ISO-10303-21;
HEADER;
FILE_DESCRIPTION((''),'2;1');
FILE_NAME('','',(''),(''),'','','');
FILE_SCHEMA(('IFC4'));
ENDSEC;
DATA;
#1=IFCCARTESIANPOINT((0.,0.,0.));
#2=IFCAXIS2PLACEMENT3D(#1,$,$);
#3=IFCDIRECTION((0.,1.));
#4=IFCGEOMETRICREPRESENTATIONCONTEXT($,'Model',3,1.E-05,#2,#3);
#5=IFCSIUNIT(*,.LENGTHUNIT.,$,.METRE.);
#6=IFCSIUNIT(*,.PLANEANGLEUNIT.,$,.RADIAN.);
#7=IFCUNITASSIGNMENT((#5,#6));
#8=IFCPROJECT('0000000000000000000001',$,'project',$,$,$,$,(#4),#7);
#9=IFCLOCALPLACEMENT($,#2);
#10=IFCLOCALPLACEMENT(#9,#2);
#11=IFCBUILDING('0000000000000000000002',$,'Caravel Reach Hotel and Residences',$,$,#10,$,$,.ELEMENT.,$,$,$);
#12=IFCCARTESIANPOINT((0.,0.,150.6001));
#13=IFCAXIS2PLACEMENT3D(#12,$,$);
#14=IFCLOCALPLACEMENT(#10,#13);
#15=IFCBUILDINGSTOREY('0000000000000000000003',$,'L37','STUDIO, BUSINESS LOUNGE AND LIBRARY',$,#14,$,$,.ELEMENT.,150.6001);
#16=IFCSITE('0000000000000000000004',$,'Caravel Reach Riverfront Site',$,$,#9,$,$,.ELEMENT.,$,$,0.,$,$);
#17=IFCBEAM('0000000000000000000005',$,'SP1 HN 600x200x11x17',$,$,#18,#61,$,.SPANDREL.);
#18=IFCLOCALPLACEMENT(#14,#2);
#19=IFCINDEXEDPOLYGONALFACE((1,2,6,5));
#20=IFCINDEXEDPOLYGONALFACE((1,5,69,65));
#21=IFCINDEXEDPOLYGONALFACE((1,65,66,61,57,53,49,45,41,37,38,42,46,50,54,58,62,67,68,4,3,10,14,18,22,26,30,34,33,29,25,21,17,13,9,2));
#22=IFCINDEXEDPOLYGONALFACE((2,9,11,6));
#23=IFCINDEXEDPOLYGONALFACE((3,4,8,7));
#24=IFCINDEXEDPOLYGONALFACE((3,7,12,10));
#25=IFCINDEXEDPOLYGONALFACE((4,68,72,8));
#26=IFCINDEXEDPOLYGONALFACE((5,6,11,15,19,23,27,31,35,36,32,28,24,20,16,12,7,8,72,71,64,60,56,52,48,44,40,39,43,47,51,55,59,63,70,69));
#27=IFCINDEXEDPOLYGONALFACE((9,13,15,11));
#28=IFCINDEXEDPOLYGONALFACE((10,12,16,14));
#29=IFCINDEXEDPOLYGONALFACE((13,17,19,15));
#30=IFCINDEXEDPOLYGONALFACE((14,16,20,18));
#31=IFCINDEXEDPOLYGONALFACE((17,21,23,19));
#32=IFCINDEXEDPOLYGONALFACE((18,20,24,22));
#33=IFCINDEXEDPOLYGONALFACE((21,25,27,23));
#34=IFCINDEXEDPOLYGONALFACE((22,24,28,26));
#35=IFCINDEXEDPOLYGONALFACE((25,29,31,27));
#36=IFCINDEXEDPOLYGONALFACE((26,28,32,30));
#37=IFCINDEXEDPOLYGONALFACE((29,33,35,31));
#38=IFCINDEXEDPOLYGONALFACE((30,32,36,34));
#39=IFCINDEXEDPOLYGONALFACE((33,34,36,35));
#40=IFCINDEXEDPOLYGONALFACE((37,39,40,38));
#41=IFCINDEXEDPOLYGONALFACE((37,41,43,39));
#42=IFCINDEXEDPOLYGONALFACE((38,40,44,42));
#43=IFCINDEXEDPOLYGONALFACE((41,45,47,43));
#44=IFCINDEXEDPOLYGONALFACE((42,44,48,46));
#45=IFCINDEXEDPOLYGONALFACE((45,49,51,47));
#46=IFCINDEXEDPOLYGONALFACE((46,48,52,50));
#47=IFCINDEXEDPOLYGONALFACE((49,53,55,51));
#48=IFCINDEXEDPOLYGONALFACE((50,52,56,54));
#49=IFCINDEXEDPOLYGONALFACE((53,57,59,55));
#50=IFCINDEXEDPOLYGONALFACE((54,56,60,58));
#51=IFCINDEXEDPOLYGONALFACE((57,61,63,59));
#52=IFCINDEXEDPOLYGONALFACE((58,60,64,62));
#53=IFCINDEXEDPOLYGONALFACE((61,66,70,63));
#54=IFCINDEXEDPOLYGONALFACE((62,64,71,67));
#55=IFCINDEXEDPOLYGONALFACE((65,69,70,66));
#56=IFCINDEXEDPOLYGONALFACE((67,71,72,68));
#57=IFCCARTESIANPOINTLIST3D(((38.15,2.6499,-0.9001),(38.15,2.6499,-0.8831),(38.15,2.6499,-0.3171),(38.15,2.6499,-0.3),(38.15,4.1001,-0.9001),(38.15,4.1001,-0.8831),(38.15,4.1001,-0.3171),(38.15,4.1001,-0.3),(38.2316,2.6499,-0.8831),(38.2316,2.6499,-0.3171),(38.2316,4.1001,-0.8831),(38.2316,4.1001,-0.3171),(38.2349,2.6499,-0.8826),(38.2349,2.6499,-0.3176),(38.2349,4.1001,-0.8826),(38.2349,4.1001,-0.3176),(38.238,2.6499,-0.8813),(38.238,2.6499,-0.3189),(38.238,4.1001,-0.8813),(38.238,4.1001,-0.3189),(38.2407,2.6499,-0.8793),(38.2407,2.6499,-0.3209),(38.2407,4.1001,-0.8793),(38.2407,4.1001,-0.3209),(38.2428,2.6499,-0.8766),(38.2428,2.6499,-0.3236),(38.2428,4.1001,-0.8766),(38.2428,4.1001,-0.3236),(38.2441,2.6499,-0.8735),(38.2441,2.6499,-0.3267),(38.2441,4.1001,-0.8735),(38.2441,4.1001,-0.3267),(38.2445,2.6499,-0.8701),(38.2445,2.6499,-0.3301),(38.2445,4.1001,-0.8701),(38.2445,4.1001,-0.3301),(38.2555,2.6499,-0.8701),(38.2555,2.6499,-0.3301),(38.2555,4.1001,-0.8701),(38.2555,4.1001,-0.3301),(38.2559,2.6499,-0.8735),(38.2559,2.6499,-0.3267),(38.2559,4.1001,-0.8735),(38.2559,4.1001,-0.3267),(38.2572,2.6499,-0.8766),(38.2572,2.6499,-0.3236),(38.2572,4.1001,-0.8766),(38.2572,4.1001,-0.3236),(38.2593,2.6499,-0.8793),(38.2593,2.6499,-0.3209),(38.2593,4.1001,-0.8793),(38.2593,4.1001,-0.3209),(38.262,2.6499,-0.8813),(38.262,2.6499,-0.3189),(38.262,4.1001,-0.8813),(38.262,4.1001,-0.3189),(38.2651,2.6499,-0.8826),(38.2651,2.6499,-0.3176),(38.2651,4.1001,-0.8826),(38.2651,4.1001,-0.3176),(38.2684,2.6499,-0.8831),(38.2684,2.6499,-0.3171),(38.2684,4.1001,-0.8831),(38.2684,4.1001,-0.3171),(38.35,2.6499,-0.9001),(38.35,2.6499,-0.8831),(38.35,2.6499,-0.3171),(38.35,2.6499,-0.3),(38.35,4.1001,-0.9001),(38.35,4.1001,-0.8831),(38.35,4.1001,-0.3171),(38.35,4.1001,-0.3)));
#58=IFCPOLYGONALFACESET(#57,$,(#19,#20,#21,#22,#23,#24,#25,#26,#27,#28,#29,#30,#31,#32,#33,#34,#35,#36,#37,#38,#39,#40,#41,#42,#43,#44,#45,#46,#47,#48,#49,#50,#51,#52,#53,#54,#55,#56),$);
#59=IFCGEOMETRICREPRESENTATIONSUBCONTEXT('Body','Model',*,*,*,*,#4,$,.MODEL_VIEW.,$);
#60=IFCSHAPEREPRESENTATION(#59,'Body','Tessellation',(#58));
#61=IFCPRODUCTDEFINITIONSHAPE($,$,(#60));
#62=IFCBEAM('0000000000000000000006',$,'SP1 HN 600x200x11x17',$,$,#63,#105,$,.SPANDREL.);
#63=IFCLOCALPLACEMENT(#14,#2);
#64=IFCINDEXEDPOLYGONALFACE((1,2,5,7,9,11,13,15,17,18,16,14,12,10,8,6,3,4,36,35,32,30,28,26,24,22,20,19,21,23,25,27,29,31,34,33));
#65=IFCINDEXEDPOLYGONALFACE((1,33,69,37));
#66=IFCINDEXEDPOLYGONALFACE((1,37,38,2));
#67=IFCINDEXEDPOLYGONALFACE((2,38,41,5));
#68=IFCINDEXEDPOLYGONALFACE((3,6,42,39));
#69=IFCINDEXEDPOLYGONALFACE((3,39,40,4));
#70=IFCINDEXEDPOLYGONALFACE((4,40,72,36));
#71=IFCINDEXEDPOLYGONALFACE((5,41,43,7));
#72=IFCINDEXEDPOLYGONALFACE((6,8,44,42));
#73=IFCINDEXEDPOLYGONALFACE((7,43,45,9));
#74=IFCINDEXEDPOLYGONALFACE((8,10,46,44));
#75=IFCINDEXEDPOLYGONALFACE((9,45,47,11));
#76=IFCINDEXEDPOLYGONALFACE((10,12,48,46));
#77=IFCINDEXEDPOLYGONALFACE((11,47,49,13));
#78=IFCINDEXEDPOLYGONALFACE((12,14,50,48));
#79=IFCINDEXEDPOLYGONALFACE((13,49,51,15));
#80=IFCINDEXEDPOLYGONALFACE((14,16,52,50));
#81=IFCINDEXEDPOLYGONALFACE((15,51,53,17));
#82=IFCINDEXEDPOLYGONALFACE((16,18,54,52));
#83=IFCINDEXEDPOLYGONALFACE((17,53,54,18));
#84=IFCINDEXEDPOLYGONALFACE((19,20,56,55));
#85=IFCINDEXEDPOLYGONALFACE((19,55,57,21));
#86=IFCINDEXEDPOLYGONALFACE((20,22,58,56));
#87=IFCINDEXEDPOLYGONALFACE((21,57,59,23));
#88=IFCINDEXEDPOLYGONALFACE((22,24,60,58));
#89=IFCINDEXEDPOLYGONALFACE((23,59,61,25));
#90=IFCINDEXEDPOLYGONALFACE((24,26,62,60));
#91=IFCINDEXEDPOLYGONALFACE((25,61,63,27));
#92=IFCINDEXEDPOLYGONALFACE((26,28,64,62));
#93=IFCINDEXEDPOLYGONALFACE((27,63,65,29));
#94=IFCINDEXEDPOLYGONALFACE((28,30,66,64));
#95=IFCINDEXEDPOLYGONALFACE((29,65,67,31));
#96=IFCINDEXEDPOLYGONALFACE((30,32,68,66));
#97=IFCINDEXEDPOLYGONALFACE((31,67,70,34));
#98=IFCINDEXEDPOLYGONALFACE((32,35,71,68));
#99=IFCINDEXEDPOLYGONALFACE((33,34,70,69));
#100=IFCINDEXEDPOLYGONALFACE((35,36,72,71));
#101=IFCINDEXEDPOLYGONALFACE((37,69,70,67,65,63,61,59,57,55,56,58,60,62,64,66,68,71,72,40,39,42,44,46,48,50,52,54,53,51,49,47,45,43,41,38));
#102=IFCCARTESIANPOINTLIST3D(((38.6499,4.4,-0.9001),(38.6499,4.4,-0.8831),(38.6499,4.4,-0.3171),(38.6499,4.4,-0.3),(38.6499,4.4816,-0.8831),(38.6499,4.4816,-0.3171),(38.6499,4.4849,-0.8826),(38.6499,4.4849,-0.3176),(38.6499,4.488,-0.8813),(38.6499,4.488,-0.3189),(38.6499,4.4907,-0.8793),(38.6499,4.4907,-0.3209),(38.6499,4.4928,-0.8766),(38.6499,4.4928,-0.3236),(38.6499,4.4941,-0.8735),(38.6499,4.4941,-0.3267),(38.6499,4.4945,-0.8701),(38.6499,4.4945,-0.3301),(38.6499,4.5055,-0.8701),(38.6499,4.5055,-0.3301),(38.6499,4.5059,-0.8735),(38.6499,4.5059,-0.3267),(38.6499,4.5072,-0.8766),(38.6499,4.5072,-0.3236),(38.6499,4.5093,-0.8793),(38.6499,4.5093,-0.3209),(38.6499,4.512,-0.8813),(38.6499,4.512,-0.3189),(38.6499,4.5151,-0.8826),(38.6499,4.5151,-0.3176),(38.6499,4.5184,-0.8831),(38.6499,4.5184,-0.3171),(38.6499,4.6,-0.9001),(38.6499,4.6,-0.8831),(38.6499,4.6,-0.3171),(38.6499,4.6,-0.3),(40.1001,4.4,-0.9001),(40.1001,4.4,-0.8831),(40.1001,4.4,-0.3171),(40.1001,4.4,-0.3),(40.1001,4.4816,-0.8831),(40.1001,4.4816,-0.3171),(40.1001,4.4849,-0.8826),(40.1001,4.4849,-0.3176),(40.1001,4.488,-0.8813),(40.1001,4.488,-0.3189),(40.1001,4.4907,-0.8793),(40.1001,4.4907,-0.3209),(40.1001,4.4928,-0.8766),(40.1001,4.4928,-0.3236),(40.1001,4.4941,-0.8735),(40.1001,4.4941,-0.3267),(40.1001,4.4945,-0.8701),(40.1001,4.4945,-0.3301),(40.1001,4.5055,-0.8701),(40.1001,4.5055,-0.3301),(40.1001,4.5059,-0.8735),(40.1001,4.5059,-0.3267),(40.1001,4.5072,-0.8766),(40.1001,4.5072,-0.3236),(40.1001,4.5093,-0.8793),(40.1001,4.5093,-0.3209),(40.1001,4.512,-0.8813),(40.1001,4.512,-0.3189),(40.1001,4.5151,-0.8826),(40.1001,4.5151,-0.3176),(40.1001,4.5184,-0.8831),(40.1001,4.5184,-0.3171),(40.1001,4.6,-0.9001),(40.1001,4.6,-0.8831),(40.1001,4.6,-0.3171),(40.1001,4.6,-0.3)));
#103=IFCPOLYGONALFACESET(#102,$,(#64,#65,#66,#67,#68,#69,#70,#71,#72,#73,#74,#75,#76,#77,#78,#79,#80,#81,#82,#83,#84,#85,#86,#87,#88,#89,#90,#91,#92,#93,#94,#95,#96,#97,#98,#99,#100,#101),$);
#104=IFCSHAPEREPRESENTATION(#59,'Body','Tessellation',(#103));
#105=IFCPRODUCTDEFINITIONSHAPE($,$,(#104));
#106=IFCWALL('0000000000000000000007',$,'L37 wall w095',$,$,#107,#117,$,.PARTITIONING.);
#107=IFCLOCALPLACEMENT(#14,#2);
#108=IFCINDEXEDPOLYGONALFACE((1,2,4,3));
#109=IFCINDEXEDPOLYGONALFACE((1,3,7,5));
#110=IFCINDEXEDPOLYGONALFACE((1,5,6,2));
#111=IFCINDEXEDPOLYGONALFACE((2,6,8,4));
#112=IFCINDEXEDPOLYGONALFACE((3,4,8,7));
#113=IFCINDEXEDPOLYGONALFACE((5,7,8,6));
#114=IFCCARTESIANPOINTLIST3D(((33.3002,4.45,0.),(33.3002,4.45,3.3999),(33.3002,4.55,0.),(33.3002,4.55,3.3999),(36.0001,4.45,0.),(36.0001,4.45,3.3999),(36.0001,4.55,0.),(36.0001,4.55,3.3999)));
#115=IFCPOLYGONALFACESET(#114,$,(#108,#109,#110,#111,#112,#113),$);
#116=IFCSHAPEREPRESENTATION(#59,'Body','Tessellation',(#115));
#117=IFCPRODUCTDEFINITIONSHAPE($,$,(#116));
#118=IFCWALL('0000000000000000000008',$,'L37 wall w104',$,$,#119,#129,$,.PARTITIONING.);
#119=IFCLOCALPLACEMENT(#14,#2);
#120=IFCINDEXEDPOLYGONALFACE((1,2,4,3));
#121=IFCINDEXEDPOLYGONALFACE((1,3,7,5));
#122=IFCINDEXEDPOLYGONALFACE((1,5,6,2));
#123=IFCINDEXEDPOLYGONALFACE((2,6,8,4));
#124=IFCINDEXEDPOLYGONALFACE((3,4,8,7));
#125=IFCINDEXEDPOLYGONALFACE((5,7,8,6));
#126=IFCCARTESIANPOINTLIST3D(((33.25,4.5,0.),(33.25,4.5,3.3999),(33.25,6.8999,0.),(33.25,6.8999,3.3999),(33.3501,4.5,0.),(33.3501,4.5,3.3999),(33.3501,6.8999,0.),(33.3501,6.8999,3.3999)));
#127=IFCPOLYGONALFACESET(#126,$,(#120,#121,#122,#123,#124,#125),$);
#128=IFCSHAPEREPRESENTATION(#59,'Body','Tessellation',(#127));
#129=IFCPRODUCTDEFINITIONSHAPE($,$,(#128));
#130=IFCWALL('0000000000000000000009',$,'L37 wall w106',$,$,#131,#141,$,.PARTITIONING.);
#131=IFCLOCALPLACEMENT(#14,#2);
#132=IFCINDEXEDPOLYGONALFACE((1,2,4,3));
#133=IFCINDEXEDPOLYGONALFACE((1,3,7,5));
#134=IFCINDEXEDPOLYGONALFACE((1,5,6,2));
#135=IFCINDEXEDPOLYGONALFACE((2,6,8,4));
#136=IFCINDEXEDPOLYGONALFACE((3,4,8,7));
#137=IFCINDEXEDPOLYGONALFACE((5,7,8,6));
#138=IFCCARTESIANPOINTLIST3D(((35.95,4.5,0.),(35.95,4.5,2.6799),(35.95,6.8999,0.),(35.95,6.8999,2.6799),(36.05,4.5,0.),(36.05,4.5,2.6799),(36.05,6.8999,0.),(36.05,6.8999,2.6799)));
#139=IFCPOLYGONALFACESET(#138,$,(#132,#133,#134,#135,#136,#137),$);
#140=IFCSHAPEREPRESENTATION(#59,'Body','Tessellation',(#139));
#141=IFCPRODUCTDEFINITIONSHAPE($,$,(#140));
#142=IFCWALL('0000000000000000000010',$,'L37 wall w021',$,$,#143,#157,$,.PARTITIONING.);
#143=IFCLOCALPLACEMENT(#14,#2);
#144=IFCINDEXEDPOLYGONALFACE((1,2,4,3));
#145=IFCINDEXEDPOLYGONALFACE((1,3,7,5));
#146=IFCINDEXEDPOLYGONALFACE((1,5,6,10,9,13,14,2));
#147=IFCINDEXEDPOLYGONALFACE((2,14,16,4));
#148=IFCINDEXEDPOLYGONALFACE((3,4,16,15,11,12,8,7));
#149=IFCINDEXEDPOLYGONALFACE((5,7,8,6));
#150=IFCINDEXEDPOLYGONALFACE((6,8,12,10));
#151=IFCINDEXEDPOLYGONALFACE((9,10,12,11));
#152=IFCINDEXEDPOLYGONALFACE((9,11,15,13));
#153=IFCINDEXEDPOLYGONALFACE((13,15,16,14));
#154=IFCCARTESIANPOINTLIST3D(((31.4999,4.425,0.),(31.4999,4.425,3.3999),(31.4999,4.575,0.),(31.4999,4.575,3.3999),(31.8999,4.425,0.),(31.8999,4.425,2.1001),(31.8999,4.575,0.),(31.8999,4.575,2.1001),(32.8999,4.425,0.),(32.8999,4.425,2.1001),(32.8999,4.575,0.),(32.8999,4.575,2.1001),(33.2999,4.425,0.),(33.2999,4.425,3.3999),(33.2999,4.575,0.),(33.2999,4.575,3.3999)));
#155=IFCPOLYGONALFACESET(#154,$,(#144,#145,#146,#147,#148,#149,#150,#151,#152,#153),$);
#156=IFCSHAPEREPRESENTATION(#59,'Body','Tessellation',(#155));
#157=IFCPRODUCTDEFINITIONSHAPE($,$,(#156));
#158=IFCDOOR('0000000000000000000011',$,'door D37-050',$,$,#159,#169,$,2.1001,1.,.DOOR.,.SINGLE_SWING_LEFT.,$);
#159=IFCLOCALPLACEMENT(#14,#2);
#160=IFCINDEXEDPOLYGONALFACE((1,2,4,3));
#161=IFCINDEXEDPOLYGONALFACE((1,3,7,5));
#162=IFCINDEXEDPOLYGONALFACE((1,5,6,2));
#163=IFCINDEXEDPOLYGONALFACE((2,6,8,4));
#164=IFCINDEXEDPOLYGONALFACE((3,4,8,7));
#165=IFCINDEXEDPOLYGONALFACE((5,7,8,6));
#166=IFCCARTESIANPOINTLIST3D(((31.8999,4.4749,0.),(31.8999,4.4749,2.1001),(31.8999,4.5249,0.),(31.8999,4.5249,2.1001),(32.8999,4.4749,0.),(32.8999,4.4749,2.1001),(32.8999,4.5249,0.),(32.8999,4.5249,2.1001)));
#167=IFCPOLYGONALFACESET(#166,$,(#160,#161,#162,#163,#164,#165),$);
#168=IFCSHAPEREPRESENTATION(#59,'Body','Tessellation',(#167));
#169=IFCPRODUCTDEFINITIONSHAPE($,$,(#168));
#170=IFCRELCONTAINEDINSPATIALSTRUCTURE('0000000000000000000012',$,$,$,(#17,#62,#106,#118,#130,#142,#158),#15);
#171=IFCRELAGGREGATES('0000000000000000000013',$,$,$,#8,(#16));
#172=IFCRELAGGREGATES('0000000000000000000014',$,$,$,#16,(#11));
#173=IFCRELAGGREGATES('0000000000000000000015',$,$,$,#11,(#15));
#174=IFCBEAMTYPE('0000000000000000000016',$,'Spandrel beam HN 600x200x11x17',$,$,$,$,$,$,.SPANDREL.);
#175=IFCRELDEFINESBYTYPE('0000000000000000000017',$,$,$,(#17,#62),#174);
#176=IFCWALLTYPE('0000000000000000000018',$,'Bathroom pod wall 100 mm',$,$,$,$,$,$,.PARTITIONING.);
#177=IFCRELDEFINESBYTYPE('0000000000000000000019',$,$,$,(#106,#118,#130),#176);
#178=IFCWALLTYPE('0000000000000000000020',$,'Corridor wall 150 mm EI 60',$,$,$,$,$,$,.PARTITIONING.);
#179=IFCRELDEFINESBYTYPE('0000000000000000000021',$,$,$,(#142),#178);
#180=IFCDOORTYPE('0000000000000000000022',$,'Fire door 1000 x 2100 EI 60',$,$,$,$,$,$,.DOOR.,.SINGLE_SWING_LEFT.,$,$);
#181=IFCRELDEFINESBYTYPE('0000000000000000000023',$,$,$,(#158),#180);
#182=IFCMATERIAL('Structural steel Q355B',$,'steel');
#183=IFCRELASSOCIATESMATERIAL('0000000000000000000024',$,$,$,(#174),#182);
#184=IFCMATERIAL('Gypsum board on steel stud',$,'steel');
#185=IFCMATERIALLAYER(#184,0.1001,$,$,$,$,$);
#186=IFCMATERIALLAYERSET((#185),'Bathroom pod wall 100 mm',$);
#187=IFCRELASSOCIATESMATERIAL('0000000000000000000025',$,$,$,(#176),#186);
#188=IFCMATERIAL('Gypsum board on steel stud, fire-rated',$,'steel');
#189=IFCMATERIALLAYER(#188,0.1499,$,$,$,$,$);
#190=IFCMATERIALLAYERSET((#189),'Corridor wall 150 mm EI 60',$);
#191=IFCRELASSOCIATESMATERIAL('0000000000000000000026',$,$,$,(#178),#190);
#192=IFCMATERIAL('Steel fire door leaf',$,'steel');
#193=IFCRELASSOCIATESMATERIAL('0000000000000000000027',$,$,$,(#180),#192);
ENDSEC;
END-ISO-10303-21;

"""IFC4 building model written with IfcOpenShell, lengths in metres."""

from ifc_helpers import new_model, si_unit, direction, frame, frame_2d, origin, origin_2d, place, context, subcontext, project, spatial, rectangle, i_section, extrude, material, layer, layer_set, material_profile, profile_set, type_object, element, fill, save


model = new_model("IFC4")

# Units and contexts
model_context = context("Model", 3, precision=1e-05, world=origin(), true_north=direction((0.0, 1.0)))
body_context = subcontext(model_context, "Body", "Model", "MODEL_VIEW")
ifc_project = project(units=[si_unit("LENGTHUNIT", "METRE"), si_unit("PLANEANGLEUNIT", "RADIAN")], contexts=[model_context])

# Site, building, storey
site_placement = place(None, origin())
site = spatial("IfcSite", under=ifc_project, at=site_placement, Name="Caravel Reach Riverfront Site", CompositionType="ELEMENT", RefElevation=0.0)
building_placement = place(site_placement, origin())
building = spatial("IfcBuilding", under=site, at=building_placement, Name="Caravel Reach Hotel and Residences", CompositionType="ELEMENT")
storey_placement = place(building_placement, frame((0.0, 0.0, 150.6001)))
storey = spatial("IfcBuildingStorey", under=building, at=storey_placement, Name="L37", Description="STUDIO, BUSINESS LOUNGE AND LIBRARY", CompositionType="ELEMENT", Elevation=150.6001)

# Beams
ifc_material_1 = material(Name="Structural steel Q355B", Category="steel")
ifc_material_profile_1 = material_profile(ifc_material_1, i_section(OverallWidth=0.2, OverallDepth=0.6001, WebThickness=0.011, FlangeThickness=0.0171, FilletRadius=0.0129, at=origin_2d()), Name="HN 600x200x11x17")
ifc_profile_set_1 = profile_set([ifc_material_profile_1], Name="Structural steel Q355B")
beam_type = type_object("IfcBeamType", Name="Spandrel beam HN 600x200x11x17", PredefinedType="SPANDREL", material=ifc_profile_set_1)
for number, where, z_axis, x_axis, name in (
    (1, (38.25, 2.6499, -0.6001), (0.0, 1.0, 0.0), (-1.0, 0.0, 0.0), "SP1 HN 600x200x11x17"),
    (2, (38.6499, 4.5, -0.6001), (1.0, 0.0, 0.0), (0.0, 1.0, 0.0), "SP1 HN 600x200x11x17"),
):
    element("IfcBeam", number, at=place(storey_placement, frame(where, z_axis=z_axis, x_axis=x_axis)), inside=storey, type_object=beam_type, Name=name, PredefinedType="SPANDREL", context=body_context, shape_type="SweptSolid", body=[
        extrude(i_section(OverallWidth=0.2, OverallDepth=0.6001, WebThickness=0.011, FlangeThickness=0.0171, FilletRadius=0.0129, at=origin_2d()), origin(), (0.0, 0.0, 1.0), 1.4502),
    ])

# Walls
ifc_material_2 = material(Name="Gypsum board on steel stud", Category="steel")
ifc_layer_1 = layer(ifc_material_2, 0.1001)
ifc_layer_set_1 = layer_set([ifc_layer_1], Name="Bathroom pod wall 100 mm")
wall_type_1 = type_object("IfcWallType", Name="Bathroom pod wall 100 mm", PredefinedType="PARTITIONING", material=ifc_layer_set_1)
wall_1_placement = place(storey_placement, frame((33.3, 4.5, 0.0), z_axis=(0.0, 0.0, 1.0), x_axis=(1.0, 0.0, 0.0)))
element("IfcWall", 3, at=wall_1_placement, inside=storey, type_object=wall_type_1, Name="L37 wall w095", PredefinedType="PARTITIONING", context=body_context, shape_type="SweptSolid", body=[
    extrude(rectangle(XDim=2.7, YDim=0.1001, at=frame_2d((1.3501, 0.0))), origin(), (0.0, 0.0, 1.0), 3.3999),
])
wall_2_placement = place(storey_placement, frame((33.3, 4.5, 0.0), z_axis=(0.0, 0.0, 1.0), x_axis=(0.0, 1.0, 0.0)))
element("IfcWall", 4, at=wall_2_placement, inside=storey, type_object=wall_type_1, Name="L37 wall w104", PredefinedType="PARTITIONING", context=body_context, shape_type="SweptSolid", body=[
    extrude(rectangle(XDim=2.3999, YDim=0.1001, at=frame_2d((1.2, 0.0))), origin(), (0.0, 0.0, 1.0), 3.3999),
])
wall_3_placement = place(storey_placement, frame((36.0, 4.5, 0.0), z_axis=(0.0, 0.0, 1.0), x_axis=(0.0, 1.0, 0.0)))
element("IfcWall", 5, at=wall_3_placement, inside=storey, type_object=wall_type_1, Name="L37 wall w106", PredefinedType="PARTITIONING", context=body_context, shape_type="SweptSolid", body=[
    extrude(rectangle(XDim=2.3999, YDim=0.1001, at=frame_2d((1.2, 0.0))), origin(), (0.0, 0.0, 1.0), 2.6799),
])

# Wall, opening, door
ifc_material_3 = material(Name="Gypsum board on steel stud, fire-rated", Category="steel")
ifc_layer_2 = layer(ifc_material_3, 0.1499)
ifc_layer_set_2 = layer_set([ifc_layer_2], Name="Corridor wall 150 mm EI 60")
wall_type_2 = type_object("IfcWallType", Name="Corridor wall 150 mm EI 60", PredefinedType="PARTITIONING", material=ifc_layer_set_2)
wall_4_placement = place(storey_placement, frame((31.5, 4.5, 0.0), z_axis=(0.0, 0.0, 1.0), x_axis=(1.0, 0.0, 0.0)))
wall_4 = element("IfcWall", 6, at=wall_4_placement, inside=storey, type_object=wall_type_2, Name="L37 wall w021", PredefinedType="PARTITIONING", context=body_context, shape_type="SweptSolid", body=[
    extrude(rectangle(XDim=1.8, YDim=0.1499, at=frame_2d((0.8999, 0.0))), origin(), (0.0, 0.0, 1.0), 3.3999),
])
opening_1_placement = place(wall_4_placement, frame((0.3999, 0.0, 0.0)))
opening_1 = element("IfcOpeningElement", 7, at=opening_1_placement, cuts=wall_4, PredefinedType="OPENING", context=body_context, shape_type="SweptSolid", body=[
    extrude(rectangle(XDim=1.0, YDim=2.1001, at=frame_2d((0.5, 1.05))), frame((0.0, 0.085, 0.0), z_axis=(0.0, -1.0, 0.0), x_axis=(1.0, 0.0, 0.0)), (0.0, 0.0, 1.0), 0.1699),
])
ifc_material_4 = material(Name="Steel fire door leaf", Category="steel")
door_type_1 = type_object("IfcDoorType", Name="Fire door 1000 x 2100 EI 60", OperationType="SINGLE_SWING_LEFT", PredefinedType="DOOR", material=ifc_material_4)
door_1_placement = place(opening_1_placement, origin())
door_1 = element("IfcDoor", 8, at=door_1_placement, inside=storey, type_object=door_type_1, Name="door D37-050", OperationType="SINGLE_SWING_LEFT", OverallHeight=2.1001, OverallWidth=1.0, PredefinedType="DOOR", context=body_context, shape_type="SweptSolid", body=[
    extrude(rectangle(XDim=1.0, YDim=2.1001, at=frame_2d((0.5, 1.05))), frame((0.0, 0.0249, 0.0), z_axis=(0.0, -1.0, 0.0), x_axis=(1.0, 0.0, 0.0)), (0.0, 0.0, 1.0), 0.05),
])
fill(opening_1, door_1)

save(model, "model.ifc")
